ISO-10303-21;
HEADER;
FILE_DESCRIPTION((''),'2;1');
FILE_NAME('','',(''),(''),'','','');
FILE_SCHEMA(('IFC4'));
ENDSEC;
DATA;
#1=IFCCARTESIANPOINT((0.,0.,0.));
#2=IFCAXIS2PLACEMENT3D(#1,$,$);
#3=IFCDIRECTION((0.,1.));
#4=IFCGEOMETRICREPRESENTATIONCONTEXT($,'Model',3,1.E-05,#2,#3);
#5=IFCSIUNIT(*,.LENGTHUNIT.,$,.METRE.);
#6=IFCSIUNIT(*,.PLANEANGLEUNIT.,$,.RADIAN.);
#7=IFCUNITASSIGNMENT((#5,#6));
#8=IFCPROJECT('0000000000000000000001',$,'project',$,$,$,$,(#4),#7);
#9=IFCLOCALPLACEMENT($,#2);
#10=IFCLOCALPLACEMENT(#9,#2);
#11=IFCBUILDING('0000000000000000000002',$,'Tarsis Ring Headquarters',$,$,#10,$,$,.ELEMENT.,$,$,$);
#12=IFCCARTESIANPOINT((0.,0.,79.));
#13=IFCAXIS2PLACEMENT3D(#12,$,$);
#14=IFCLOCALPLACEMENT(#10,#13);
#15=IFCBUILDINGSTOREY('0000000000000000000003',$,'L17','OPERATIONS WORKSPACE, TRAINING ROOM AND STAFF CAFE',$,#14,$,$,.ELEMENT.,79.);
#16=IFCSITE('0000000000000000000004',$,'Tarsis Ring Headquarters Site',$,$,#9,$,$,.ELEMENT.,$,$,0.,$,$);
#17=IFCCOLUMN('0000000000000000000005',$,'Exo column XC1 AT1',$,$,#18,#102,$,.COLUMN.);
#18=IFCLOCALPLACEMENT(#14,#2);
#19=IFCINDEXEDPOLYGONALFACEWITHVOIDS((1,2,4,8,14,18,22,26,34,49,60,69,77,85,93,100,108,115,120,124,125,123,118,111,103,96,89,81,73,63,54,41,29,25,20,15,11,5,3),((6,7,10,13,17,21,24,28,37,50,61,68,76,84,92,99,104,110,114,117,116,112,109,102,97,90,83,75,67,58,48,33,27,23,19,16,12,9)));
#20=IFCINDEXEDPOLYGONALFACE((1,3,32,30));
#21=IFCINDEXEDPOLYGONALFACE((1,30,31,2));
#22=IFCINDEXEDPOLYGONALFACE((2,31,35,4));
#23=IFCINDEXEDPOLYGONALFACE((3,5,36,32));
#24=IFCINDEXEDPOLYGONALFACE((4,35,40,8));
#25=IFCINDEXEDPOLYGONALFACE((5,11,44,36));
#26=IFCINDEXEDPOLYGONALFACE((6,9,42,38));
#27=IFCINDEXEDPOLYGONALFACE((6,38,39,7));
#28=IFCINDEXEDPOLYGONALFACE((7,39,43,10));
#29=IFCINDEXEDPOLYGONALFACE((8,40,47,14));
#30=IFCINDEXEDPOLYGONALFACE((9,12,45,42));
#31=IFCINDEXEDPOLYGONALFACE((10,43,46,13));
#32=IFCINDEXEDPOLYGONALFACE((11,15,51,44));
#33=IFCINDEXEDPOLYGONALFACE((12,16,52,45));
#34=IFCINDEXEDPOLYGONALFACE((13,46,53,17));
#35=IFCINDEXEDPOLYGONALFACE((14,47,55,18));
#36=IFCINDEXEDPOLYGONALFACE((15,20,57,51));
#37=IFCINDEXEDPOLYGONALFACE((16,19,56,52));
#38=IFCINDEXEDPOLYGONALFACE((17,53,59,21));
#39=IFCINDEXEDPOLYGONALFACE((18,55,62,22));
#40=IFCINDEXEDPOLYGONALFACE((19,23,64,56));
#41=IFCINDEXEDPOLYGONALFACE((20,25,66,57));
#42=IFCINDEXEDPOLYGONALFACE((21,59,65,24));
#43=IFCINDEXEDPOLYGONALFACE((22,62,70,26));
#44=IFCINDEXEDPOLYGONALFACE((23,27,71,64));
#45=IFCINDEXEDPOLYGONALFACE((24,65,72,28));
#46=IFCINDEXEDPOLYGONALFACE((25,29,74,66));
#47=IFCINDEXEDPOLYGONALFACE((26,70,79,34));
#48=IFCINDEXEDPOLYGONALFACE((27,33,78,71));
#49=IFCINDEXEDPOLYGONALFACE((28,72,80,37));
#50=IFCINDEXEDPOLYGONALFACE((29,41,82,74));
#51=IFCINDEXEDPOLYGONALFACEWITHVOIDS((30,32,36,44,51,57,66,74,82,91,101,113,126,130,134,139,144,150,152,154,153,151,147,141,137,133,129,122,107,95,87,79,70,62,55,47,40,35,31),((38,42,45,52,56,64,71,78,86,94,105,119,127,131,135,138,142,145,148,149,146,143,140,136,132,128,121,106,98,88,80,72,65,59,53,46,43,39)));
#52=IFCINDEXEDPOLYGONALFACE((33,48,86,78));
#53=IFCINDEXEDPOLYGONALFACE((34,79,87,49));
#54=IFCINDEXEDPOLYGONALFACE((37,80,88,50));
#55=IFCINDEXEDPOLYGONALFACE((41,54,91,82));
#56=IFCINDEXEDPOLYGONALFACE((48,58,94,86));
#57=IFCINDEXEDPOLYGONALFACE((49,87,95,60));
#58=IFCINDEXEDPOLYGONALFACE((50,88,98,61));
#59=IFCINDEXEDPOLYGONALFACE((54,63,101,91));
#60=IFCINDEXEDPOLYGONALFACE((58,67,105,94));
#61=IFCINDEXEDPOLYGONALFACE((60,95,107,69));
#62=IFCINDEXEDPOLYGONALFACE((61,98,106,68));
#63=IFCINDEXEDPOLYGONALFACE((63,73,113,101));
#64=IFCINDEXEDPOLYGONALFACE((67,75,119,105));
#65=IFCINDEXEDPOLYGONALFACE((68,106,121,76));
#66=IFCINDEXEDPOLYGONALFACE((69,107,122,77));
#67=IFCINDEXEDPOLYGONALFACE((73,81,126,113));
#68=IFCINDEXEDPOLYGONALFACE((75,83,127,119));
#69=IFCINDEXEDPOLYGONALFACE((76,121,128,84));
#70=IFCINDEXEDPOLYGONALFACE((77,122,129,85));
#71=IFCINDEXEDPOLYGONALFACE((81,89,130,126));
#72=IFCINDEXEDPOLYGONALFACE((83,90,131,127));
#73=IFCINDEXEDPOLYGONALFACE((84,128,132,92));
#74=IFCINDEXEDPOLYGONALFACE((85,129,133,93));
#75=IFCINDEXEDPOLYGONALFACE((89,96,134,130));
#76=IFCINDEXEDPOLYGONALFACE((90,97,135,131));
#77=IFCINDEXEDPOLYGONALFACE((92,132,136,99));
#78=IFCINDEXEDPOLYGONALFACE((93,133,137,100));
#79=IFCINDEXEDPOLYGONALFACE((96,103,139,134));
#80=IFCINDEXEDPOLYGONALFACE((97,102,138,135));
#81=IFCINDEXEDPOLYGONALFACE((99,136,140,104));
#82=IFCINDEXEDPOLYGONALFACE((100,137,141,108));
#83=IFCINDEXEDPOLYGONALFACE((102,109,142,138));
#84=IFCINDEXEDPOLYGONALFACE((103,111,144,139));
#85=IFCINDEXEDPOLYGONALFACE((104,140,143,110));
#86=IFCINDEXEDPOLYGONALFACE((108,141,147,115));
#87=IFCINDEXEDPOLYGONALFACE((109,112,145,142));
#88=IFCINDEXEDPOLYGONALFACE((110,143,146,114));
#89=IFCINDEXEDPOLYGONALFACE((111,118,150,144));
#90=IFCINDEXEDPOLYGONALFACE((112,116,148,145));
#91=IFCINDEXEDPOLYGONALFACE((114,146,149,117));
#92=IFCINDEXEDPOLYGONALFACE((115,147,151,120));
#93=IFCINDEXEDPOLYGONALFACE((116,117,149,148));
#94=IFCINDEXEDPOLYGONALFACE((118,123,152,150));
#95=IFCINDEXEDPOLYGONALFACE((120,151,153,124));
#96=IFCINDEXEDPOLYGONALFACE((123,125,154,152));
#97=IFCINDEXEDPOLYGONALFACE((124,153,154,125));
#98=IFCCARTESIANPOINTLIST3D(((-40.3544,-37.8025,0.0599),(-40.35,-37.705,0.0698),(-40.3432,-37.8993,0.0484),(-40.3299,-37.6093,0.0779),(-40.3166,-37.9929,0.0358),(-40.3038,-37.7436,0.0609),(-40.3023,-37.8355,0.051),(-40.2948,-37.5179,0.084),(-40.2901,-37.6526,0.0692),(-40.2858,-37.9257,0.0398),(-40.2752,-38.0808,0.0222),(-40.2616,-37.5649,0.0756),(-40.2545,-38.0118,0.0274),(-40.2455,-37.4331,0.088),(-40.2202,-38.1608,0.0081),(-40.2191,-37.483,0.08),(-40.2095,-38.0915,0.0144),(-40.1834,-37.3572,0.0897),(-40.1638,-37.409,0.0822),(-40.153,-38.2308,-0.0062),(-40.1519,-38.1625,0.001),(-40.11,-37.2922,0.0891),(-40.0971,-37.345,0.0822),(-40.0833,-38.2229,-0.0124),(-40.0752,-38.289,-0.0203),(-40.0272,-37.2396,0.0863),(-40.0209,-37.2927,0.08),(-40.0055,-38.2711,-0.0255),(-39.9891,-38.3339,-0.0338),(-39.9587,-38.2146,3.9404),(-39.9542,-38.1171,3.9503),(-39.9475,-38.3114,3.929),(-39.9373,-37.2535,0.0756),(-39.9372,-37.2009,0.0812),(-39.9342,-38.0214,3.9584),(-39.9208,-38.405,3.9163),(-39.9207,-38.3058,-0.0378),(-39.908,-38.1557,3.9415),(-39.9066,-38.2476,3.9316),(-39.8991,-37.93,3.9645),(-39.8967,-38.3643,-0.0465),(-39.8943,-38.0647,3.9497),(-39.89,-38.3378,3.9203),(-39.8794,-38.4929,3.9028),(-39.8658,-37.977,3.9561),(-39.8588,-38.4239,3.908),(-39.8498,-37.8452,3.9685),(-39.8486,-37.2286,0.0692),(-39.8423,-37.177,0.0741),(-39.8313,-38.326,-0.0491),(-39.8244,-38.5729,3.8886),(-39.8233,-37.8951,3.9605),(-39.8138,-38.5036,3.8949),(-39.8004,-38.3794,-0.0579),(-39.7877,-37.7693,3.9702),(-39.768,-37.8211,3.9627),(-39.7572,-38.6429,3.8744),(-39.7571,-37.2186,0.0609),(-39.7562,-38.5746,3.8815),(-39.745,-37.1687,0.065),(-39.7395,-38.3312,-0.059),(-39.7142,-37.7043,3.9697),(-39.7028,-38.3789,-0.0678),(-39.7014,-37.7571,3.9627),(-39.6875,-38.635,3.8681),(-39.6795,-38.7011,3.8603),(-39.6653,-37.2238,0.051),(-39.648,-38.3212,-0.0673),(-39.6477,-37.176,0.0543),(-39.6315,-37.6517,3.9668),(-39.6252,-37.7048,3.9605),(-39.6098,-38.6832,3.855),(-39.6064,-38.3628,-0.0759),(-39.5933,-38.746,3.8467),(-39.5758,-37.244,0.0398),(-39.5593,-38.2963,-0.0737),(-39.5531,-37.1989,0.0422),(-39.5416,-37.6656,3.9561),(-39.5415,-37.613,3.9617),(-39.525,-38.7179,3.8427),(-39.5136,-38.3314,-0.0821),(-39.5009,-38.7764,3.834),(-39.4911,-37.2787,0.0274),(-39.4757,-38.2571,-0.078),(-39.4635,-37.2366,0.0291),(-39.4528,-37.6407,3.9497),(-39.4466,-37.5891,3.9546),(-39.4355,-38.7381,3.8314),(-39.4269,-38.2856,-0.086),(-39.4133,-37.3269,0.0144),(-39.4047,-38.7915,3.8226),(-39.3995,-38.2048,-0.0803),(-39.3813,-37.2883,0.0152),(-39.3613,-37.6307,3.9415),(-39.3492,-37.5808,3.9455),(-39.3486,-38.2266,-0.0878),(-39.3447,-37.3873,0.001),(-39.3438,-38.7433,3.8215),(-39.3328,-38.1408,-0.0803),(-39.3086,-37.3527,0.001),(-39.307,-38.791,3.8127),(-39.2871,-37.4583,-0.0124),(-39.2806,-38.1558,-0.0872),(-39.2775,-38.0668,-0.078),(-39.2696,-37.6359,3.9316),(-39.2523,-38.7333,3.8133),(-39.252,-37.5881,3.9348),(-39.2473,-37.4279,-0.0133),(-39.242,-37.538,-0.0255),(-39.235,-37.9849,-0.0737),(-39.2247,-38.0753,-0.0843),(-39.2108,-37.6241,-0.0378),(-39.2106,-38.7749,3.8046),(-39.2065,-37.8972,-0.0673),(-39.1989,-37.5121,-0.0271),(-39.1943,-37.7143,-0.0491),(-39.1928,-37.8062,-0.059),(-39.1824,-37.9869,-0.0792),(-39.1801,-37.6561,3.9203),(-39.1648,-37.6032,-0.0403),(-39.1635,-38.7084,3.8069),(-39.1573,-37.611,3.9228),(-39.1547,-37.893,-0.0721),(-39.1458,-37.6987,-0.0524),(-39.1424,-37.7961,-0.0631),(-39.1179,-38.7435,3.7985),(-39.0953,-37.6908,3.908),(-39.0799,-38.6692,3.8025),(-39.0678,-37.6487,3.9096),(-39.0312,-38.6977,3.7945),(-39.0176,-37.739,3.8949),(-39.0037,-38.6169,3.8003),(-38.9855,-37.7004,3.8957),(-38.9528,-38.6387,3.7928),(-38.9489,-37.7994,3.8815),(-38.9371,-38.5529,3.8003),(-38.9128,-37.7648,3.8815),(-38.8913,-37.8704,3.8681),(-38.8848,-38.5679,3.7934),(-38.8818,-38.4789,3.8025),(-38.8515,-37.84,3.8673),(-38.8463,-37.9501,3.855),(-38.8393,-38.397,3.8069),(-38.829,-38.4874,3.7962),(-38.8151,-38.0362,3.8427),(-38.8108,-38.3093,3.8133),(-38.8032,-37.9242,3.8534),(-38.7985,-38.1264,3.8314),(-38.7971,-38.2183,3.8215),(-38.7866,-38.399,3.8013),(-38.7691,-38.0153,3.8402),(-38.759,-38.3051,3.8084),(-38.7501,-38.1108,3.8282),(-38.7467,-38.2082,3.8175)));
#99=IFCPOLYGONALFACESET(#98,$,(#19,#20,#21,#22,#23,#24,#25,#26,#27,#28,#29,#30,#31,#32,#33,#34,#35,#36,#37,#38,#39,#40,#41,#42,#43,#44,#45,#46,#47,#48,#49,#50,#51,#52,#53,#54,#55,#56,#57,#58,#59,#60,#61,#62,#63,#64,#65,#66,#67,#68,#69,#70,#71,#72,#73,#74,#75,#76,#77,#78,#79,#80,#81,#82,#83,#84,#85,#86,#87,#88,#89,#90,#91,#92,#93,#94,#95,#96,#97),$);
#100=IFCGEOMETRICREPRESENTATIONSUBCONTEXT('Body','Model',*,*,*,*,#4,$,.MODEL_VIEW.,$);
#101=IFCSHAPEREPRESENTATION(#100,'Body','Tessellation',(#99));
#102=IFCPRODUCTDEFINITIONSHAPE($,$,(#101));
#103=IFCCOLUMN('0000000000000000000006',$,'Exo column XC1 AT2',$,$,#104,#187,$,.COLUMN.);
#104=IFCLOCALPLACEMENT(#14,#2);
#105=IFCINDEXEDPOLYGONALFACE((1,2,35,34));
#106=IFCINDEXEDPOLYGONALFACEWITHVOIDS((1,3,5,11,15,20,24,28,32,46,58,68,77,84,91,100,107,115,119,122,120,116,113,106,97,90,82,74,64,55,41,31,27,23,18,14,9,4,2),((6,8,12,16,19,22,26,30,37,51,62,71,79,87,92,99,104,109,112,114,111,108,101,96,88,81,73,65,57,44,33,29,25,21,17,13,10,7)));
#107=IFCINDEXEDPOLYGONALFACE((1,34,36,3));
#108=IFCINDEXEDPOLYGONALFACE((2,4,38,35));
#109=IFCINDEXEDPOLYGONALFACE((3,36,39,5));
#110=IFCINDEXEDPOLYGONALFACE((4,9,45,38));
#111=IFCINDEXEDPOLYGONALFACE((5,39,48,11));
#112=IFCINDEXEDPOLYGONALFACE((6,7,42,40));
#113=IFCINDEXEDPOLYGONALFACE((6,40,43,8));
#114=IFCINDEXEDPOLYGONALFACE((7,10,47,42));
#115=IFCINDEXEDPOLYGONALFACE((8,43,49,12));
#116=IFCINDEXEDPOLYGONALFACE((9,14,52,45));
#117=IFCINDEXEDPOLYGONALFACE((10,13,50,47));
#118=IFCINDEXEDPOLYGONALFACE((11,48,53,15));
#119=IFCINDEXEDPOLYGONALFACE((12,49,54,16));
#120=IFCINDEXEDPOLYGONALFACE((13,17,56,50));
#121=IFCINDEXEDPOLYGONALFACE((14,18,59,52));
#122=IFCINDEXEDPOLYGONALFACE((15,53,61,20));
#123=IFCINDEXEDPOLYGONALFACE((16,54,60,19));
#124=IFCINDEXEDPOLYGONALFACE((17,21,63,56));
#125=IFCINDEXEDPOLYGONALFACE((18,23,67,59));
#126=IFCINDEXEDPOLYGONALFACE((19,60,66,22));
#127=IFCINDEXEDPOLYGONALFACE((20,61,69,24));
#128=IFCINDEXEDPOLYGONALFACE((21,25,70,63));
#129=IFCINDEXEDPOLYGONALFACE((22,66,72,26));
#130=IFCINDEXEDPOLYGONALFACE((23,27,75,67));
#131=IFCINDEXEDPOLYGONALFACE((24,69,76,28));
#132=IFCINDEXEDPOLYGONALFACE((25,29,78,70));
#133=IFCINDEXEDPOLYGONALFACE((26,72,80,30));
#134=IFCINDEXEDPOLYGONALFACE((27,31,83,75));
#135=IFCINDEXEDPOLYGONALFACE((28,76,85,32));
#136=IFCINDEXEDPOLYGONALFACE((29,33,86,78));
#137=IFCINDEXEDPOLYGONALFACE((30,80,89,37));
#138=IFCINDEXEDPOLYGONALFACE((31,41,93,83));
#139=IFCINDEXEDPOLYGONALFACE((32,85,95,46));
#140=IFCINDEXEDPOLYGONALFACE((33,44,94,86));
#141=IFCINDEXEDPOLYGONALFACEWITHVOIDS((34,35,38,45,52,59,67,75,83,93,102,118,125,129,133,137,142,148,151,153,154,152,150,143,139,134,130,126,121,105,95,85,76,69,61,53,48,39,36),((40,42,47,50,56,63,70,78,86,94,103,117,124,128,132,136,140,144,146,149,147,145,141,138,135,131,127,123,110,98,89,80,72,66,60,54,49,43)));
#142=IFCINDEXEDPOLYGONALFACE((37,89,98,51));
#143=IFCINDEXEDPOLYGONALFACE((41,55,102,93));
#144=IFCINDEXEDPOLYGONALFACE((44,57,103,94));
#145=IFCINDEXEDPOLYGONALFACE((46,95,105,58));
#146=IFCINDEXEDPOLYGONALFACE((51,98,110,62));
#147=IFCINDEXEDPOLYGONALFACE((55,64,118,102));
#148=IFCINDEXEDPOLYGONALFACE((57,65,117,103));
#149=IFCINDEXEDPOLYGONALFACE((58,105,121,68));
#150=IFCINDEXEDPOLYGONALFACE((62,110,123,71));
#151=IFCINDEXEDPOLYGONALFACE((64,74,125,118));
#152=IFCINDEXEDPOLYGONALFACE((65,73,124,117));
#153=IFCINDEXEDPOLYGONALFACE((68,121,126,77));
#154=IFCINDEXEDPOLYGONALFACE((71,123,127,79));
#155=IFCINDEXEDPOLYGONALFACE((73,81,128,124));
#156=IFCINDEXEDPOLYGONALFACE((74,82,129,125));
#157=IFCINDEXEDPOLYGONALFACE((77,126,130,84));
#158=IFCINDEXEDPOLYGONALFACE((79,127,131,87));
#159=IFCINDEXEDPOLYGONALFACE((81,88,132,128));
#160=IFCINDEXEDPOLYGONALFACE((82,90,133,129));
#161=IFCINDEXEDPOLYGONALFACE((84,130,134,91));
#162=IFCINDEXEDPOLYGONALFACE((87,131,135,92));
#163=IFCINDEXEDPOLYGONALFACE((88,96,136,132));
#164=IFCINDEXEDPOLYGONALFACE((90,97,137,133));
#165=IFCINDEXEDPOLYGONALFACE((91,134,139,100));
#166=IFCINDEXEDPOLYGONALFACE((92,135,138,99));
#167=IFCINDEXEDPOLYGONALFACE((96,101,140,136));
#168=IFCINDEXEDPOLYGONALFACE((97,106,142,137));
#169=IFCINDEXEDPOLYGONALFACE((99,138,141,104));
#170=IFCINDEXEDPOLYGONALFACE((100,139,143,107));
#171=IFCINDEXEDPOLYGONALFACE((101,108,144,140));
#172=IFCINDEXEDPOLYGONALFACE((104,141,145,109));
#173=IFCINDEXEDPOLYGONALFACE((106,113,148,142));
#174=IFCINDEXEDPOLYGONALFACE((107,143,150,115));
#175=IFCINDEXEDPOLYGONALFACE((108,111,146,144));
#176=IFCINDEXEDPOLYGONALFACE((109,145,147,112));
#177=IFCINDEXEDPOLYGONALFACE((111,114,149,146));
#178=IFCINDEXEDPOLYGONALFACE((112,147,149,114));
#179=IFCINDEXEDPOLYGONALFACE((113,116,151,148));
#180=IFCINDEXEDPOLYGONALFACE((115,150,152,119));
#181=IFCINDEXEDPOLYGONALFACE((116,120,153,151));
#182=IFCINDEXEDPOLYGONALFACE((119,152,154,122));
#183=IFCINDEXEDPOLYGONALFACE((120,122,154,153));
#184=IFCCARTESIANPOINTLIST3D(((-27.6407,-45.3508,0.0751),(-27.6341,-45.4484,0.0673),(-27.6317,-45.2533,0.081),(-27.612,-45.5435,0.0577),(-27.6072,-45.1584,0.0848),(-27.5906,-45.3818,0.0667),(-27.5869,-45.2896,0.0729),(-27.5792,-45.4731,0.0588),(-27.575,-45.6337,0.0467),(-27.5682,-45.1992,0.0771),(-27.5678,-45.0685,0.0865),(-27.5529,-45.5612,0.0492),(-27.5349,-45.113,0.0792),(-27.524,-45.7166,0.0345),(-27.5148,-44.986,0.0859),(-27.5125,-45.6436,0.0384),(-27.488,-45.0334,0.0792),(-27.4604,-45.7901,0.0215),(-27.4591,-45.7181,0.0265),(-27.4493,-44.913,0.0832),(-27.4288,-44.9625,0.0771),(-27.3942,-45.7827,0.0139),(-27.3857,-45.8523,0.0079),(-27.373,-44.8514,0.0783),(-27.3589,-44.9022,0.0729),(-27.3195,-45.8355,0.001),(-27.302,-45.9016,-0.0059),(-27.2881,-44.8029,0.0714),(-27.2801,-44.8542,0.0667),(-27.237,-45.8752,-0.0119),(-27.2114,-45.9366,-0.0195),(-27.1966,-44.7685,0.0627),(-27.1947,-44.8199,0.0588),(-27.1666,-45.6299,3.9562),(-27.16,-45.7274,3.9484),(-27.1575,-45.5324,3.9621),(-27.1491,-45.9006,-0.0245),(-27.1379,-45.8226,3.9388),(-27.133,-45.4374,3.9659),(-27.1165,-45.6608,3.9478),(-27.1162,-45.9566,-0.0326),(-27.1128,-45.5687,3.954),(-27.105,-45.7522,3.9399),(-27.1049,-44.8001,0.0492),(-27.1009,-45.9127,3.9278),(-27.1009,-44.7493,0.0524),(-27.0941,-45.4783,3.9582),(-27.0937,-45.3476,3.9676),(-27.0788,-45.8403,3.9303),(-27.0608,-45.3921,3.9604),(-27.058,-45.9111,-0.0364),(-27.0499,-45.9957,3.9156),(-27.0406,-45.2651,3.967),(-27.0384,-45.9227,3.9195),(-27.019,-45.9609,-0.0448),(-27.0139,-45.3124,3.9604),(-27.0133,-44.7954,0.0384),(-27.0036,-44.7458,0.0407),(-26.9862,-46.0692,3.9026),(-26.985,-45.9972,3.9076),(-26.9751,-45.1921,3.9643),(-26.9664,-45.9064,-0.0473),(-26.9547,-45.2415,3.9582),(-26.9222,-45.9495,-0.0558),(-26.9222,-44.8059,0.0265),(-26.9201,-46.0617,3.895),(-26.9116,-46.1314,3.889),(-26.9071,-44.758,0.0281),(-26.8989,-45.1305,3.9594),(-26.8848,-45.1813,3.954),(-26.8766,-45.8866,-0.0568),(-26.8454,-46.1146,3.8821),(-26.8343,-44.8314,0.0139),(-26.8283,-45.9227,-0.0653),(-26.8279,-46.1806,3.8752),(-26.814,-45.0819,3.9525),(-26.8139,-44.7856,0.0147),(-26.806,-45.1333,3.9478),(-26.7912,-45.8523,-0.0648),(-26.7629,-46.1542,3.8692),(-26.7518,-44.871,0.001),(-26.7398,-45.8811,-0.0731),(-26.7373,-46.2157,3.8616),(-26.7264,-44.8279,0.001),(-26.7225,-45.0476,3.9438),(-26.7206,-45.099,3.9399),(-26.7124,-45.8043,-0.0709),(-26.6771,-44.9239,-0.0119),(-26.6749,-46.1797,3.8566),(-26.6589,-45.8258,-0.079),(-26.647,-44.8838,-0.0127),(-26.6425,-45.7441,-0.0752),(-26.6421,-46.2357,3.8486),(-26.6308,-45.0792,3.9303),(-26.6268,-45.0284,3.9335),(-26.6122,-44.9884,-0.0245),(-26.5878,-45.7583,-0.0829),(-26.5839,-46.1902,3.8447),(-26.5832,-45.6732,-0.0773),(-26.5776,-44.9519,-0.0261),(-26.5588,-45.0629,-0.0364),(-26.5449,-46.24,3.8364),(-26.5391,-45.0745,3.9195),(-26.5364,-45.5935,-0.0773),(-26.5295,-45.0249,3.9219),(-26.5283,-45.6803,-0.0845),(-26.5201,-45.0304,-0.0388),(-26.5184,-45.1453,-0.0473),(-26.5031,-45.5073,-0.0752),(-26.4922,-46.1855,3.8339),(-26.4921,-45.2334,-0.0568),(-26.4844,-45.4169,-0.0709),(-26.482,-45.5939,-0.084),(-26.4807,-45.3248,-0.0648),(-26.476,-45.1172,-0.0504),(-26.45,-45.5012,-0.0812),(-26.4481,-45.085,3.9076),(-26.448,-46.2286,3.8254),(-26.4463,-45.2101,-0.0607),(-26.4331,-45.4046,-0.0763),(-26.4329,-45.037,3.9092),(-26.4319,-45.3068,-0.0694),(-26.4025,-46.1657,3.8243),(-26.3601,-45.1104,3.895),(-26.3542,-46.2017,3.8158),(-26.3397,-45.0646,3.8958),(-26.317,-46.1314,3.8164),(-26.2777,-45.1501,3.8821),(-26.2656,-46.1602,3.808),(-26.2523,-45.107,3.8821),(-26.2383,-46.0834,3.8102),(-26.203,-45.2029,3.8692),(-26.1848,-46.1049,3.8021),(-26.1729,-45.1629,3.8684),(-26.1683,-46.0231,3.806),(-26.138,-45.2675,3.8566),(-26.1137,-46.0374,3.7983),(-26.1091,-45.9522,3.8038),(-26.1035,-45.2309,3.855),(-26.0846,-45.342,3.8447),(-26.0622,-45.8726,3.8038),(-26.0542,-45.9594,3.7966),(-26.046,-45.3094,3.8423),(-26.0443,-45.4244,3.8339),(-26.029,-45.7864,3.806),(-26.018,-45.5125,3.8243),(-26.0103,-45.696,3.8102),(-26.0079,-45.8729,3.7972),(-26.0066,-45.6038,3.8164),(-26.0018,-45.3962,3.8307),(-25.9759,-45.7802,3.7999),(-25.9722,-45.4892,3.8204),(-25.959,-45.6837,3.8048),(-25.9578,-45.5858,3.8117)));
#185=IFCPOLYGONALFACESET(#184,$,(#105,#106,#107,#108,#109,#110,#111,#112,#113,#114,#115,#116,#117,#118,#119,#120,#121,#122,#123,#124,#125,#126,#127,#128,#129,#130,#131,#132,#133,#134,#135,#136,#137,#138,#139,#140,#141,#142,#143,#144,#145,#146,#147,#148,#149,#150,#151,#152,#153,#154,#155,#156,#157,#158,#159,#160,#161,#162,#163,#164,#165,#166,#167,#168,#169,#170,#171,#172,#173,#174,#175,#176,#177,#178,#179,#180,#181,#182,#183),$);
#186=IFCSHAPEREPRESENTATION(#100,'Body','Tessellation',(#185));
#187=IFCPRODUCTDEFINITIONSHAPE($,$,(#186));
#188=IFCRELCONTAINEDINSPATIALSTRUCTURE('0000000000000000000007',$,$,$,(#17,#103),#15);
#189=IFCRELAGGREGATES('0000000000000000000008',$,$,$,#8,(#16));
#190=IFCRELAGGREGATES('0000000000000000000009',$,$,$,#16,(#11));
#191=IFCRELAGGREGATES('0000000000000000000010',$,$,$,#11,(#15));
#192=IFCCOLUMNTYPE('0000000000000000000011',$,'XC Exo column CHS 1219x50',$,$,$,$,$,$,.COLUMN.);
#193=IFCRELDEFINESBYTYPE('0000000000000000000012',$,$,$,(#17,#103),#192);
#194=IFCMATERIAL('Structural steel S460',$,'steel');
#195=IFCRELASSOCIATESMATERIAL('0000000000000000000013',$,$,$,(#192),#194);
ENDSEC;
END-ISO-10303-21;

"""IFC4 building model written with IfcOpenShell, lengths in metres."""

from ifc_helpers import new_model, si_unit, direction, frame, origin, origin_2d, place, context, subcontext, project, spatial, hollow_circle, extrude, material, material_profile, profile_set, type_object, element, save


model = new_model("IFC4")

# Units and contexts
model_context = context("Model", 3, precision=1e-05, world=origin(), true_north=direction((0.0, 1.0)))
body_context = subcontext(model_context, "Body", "Model", "MODEL_VIEW")
ifc_project = project(units=[si_unit("LENGTHUNIT", "METRE"), si_unit("PLANEANGLEUNIT", "RADIAN")], contexts=[model_context])

# Site, building, storey
site_placement = place(None, origin())
site = spatial("IfcSite", under=ifc_project, at=site_placement, Name="Tarsis Ring Headquarters Site", CompositionType="ELEMENT", RefElevation=0.0)
building_placement = place(site_placement, origin())
building = spatial("IfcBuilding", under=site, at=building_placement, Name="Tarsis Ring Headquarters", CompositionType="ELEMENT")
storey_placement = place(building_placement, frame((0.0, 0.0, 79.0)))
storey = spatial("IfcBuildingStorey", under=building, at=storey_placement, Name="L17", Description="OPERATIONS WORKSPACE, TRAINING ROOM AND STAFF CAFE", CompositionType="ELEMENT", Elevation=79.0)

# Columns
ifc_material_1 = material(Name="Structural steel S460", Category="steel")
ifc_material_profile_1 = material_profile(ifc_material_1, hollow_circle(Radius=0.6096, WallThickness=0.05, at=origin_2d()), Name="CHS 1219x50")
ifc_profile_set_1 = profile_set([ifc_material_profile_1], Name="Structural steel S460")
column_type = type_object("IfcColumnType", Name="XC Exo column CHS 1219x50", PredefinedType="COLUMN", material=ifc_profile_set_1)
column_1_placement = place(storey_placement, frame((-39.7483, -37.7749, 0.001), z_axis=(0.100894, -0.105064, 0.989334), x_axis=(0.721276, 0.692647, 0.0)))
element("IfcColumn", 1, at=column_1_placement, inside=storey, type_object=column_type, Name="Exo column XC1 AT1", PredefinedType="COLUMN", context=body_context, shape_type="SweptSolid", body=[
    extrude(hollow_circle(Radius=0.6096, WallThickness=0.05, at=origin_2d()), origin(), (0.0, 0.0, 1.0), 3.9224),
])
column_2_placement = place(storey_placement, frame((-27.0356, -45.3533, 0.001), z_axis=(0.120952, -0.071189, 0.990102), x_axis=(0.507233, 0.861809, 0.0)))
element("IfcColumn", 2, at=column_2_placement, inside=storey, type_object=column_type, Name="Exo column XC1 AT2", PredefinedType="COLUMN", context=body_context, shape_type="SweptSolid", body=[
    extrude(hollow_circle(Radius=0.6096, WallThickness=0.05, at=origin_2d()), origin(), (0.0, 0.0, 1.0), 3.9199),
])

save(model, "model.ifc")
